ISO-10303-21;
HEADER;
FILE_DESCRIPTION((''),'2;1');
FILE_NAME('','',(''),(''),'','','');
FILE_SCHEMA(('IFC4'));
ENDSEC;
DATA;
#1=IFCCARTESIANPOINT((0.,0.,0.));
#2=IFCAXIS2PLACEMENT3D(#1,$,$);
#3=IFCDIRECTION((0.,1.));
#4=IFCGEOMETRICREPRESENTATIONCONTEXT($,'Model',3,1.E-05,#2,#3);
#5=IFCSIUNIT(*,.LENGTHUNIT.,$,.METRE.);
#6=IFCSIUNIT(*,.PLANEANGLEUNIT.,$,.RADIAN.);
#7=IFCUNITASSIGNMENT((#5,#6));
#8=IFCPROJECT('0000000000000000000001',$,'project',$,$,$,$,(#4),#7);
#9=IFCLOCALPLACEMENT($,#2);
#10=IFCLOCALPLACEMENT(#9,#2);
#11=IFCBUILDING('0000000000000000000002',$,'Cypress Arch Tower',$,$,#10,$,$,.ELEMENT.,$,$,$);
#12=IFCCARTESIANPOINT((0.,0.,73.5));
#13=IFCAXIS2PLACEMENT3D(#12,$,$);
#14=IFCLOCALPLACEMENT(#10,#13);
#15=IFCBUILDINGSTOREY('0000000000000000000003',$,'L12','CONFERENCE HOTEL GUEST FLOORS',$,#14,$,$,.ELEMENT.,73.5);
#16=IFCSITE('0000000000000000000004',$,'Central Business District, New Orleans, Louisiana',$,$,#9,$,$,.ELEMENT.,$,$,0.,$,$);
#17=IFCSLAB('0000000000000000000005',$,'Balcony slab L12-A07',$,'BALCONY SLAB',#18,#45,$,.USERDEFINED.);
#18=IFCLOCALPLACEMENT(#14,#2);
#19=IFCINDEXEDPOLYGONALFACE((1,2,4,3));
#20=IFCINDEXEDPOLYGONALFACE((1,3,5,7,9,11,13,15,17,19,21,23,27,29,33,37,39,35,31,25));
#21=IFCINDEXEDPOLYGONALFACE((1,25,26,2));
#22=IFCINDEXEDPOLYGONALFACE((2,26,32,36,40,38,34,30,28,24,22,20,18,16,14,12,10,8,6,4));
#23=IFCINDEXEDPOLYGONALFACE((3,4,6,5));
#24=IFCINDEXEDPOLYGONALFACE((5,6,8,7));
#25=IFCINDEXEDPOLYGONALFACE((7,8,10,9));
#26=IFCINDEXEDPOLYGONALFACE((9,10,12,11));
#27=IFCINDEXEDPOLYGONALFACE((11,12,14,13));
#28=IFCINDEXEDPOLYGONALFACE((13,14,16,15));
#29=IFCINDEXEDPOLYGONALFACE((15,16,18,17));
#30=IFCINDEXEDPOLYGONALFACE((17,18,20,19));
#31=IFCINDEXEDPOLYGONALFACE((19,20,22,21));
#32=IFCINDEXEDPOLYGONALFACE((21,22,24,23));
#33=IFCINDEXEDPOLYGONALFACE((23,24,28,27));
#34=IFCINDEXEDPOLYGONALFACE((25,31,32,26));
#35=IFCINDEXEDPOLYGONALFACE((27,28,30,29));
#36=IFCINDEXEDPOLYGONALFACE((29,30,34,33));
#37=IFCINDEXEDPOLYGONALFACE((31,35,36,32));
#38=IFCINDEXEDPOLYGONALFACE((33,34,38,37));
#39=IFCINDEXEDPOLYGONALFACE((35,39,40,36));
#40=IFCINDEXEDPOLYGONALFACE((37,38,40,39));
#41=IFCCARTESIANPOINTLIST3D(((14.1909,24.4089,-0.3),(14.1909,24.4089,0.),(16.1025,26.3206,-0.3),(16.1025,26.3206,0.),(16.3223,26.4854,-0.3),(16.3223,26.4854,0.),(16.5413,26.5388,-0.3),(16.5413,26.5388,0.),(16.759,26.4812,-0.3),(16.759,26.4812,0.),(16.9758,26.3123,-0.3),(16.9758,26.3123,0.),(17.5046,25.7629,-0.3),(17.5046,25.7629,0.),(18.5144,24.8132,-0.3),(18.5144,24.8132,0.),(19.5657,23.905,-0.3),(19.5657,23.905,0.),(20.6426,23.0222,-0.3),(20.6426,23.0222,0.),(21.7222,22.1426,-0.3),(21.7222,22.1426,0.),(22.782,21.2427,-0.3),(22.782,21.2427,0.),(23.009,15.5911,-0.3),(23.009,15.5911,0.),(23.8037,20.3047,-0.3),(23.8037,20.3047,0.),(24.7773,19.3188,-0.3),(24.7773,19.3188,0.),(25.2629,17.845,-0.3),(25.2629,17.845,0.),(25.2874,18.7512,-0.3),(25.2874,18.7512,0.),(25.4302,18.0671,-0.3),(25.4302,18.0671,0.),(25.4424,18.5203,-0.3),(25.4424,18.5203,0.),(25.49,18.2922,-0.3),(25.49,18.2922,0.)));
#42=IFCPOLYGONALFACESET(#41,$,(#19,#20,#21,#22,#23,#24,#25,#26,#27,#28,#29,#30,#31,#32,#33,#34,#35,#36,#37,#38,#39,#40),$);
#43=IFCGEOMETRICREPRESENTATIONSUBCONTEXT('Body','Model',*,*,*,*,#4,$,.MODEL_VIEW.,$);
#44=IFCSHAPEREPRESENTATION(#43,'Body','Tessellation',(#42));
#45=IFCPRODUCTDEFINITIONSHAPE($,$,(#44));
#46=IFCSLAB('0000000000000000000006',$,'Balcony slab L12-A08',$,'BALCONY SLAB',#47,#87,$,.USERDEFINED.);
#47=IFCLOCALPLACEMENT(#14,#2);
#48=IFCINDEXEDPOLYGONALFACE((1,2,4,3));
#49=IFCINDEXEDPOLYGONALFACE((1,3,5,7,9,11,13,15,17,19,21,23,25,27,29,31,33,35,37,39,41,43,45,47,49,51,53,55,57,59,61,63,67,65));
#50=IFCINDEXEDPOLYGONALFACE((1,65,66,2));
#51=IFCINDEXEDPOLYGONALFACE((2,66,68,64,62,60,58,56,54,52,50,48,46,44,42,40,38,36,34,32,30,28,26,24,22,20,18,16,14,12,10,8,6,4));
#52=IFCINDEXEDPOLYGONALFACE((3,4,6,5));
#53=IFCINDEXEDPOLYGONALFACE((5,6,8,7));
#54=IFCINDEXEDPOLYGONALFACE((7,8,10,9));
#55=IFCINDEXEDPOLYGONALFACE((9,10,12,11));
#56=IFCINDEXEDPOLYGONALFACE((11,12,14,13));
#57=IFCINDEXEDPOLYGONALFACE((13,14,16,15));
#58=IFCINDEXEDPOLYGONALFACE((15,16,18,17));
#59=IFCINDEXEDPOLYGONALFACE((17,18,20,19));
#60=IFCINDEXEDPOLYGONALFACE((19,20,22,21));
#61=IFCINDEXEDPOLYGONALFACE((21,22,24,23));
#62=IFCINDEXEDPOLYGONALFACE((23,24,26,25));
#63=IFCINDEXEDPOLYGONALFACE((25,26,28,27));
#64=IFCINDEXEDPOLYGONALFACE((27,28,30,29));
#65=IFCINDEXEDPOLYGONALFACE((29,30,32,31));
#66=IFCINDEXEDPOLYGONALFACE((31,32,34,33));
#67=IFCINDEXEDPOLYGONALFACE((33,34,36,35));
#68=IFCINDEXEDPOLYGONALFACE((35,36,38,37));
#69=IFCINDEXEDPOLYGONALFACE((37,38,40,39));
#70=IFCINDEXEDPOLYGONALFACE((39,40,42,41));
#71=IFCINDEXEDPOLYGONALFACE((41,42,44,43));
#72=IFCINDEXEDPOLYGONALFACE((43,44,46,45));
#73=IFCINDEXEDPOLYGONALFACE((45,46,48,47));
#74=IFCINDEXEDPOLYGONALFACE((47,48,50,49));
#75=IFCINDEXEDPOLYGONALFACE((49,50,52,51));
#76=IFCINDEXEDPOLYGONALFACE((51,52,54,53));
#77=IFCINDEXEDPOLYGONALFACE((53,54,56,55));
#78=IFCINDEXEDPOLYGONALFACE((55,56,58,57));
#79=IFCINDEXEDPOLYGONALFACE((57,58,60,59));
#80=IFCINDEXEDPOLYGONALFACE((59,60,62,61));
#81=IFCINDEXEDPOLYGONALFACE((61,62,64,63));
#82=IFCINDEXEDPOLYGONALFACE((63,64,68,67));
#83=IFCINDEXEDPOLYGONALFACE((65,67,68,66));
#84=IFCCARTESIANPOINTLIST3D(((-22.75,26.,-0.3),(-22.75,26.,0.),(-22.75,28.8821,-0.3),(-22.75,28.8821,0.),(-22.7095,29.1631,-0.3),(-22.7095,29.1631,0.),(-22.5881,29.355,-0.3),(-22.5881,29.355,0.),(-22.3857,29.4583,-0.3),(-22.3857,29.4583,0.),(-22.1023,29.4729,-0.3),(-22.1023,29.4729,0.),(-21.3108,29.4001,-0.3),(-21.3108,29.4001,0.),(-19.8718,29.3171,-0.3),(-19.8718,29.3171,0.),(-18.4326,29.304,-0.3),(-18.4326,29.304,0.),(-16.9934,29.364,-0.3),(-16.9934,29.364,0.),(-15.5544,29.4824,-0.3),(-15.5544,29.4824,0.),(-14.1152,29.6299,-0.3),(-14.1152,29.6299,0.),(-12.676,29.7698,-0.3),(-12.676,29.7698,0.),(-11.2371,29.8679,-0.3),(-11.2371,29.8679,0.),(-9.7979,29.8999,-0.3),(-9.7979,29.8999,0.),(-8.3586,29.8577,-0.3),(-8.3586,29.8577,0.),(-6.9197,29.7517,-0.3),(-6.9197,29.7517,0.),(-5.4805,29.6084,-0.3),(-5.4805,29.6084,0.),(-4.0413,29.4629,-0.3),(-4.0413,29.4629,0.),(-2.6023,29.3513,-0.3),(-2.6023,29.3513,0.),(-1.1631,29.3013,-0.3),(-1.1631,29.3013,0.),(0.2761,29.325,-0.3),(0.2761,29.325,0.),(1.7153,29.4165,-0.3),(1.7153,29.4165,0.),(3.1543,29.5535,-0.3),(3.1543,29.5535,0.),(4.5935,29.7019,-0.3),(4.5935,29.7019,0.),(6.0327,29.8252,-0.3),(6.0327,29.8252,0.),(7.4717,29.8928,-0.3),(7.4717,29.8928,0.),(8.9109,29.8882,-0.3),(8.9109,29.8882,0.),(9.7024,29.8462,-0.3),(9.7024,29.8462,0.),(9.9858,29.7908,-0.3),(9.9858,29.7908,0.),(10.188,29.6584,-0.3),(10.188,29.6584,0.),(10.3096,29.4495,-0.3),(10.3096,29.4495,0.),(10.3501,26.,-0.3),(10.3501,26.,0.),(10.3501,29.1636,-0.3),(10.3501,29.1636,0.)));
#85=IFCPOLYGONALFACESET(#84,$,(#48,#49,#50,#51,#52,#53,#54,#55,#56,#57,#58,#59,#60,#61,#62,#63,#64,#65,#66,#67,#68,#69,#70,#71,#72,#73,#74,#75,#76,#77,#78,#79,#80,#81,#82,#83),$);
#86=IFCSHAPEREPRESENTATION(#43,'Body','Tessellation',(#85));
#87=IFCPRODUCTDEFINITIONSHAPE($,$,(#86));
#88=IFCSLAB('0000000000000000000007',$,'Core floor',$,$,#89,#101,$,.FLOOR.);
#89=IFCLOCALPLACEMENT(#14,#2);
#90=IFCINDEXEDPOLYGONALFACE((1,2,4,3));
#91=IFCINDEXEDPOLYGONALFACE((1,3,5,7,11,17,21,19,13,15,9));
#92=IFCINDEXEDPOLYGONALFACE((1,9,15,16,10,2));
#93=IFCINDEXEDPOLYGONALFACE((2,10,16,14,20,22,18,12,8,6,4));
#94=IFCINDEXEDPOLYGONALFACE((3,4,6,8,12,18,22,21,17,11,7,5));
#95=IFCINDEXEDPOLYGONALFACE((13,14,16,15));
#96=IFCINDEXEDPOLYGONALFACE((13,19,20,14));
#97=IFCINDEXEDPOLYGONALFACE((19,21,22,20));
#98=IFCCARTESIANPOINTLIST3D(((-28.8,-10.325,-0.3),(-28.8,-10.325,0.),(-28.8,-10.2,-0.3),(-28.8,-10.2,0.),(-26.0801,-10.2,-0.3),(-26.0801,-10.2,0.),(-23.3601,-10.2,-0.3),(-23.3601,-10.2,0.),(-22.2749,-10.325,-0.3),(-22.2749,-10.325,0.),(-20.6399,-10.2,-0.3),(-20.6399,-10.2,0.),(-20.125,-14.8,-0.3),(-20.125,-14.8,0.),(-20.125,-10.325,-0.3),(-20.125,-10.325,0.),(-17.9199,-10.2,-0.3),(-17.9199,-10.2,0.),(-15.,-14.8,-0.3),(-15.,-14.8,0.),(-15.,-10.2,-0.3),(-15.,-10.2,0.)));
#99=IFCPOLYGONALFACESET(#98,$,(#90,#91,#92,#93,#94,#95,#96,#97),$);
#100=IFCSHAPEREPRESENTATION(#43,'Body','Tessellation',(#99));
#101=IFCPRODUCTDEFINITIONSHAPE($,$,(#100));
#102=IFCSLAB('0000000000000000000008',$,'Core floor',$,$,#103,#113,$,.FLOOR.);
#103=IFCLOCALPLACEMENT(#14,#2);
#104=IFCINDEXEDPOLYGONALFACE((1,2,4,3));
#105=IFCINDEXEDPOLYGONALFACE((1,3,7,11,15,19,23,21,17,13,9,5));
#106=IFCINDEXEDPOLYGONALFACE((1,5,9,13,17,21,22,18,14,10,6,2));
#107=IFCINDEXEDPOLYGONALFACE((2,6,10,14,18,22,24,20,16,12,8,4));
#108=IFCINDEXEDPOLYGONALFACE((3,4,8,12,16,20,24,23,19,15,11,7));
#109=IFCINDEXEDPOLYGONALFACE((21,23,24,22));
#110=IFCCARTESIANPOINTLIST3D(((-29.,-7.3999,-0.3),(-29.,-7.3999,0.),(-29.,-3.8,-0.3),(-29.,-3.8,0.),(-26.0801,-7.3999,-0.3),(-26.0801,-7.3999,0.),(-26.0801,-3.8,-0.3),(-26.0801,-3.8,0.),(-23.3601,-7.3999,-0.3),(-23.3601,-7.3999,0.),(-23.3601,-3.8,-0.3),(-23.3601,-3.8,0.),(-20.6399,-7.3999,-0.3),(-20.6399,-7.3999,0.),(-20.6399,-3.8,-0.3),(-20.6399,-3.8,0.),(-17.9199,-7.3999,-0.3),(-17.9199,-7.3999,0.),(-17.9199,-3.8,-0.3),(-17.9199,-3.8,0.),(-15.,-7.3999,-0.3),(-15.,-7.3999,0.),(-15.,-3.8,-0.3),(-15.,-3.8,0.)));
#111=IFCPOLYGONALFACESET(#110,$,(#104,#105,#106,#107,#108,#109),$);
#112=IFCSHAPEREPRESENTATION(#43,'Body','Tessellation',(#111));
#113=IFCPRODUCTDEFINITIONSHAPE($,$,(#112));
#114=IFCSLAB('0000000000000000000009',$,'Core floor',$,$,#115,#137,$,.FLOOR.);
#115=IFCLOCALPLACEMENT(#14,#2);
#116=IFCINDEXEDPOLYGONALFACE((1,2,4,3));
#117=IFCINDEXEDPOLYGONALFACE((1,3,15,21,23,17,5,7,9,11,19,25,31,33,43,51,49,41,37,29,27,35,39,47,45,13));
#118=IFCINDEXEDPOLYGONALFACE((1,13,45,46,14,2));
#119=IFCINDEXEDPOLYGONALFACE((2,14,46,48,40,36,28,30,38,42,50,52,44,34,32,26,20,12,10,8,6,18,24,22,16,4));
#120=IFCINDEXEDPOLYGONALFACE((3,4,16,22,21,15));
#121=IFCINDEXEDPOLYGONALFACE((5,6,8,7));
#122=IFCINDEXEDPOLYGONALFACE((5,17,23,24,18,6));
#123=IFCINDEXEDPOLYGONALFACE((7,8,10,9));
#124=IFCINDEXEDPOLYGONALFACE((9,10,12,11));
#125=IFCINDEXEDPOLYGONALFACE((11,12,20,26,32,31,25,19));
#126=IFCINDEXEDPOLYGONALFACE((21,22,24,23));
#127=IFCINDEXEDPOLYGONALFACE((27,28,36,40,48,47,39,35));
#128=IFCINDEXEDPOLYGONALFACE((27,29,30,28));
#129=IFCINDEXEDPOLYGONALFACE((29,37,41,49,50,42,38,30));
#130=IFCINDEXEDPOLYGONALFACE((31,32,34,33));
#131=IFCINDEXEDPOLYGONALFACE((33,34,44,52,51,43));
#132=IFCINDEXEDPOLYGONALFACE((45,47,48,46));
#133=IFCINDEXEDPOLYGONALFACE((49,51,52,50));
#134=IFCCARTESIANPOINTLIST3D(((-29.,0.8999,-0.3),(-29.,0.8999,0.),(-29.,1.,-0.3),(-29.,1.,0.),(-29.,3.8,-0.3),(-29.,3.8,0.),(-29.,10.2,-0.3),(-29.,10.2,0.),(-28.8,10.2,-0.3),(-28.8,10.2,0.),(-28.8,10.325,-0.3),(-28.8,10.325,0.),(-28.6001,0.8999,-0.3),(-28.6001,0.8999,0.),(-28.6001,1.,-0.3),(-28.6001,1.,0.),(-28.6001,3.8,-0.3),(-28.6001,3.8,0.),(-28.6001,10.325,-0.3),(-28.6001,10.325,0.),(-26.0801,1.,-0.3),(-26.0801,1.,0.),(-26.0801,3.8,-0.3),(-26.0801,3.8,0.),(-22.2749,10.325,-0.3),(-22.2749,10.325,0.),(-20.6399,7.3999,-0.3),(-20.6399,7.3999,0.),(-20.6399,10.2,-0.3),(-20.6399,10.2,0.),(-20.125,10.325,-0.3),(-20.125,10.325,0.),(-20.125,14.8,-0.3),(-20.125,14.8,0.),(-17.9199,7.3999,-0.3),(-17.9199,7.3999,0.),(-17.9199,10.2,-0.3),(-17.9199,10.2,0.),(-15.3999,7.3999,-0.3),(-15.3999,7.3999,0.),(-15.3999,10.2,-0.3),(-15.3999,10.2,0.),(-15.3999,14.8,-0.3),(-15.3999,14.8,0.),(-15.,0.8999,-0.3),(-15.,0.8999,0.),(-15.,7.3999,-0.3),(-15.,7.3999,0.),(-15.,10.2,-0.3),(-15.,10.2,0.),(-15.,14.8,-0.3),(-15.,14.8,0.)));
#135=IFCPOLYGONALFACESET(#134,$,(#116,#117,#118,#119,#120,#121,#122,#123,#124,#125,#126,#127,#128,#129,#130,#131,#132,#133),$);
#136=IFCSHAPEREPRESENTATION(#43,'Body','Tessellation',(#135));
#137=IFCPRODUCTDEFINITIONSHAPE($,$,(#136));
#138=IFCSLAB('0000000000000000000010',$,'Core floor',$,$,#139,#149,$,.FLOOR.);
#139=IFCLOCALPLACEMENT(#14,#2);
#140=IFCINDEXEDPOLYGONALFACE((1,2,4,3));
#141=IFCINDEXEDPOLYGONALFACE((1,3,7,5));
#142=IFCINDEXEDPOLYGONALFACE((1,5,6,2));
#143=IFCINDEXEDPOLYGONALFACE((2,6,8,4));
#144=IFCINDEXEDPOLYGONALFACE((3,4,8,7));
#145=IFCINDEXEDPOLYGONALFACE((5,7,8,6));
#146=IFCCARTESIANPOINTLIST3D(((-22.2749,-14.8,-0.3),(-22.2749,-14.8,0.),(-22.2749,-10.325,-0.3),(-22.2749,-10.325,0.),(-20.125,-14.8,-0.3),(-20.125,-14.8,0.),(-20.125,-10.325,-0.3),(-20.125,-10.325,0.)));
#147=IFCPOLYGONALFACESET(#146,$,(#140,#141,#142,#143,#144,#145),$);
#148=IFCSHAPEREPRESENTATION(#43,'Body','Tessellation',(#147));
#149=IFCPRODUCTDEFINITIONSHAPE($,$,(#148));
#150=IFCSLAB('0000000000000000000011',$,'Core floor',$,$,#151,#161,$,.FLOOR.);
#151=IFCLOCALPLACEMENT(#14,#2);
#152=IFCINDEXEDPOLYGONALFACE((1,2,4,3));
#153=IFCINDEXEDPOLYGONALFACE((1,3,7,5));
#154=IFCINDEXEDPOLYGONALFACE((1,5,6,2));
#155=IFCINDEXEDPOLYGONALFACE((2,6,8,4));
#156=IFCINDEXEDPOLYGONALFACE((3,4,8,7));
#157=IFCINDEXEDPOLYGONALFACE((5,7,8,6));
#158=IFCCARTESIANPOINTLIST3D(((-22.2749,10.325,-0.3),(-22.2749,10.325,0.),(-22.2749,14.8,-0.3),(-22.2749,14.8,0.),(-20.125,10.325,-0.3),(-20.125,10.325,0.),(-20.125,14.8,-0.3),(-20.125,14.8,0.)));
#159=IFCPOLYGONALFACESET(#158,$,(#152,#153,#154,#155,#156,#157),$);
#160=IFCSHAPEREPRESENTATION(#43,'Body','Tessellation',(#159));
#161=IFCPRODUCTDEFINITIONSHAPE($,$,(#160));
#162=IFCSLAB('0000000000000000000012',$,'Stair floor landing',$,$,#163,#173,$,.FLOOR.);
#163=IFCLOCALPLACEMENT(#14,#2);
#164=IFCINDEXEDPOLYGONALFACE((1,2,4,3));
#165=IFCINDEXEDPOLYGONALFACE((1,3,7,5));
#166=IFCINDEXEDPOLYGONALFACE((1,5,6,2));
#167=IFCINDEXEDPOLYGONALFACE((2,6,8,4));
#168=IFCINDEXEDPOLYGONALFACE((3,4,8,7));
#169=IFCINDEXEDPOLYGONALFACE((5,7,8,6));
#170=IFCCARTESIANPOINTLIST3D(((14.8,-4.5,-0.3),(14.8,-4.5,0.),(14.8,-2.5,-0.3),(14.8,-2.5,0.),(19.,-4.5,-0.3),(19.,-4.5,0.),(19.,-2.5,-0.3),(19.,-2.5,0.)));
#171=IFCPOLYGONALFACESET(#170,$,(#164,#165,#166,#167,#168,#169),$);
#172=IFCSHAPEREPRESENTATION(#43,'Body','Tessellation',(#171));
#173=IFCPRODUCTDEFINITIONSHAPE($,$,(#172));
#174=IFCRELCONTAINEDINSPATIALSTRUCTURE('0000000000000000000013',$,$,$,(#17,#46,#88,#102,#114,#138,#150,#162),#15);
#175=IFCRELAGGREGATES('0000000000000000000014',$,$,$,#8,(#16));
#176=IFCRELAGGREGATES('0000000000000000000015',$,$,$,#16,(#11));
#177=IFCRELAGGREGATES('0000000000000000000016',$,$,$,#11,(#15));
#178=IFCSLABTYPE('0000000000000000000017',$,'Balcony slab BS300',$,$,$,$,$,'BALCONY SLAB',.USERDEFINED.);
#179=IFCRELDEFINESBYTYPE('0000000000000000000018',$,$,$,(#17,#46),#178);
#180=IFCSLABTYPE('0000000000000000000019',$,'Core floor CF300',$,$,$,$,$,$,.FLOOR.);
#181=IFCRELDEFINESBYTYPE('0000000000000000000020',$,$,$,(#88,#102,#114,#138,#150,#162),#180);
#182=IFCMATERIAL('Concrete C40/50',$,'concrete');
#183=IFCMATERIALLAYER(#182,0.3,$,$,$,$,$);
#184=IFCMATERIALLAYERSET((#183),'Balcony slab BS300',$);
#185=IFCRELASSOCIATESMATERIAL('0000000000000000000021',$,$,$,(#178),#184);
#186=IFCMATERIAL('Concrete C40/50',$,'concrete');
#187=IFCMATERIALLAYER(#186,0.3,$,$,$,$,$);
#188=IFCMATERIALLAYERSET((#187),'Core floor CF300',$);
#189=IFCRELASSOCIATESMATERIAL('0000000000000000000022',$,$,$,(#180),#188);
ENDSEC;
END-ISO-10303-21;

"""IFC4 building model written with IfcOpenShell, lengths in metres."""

from ifc_helpers import new_model, si_unit, direction, frame, origin, place, context, subcontext, project, spatial, polyline, outline, extrude, material, layer, layer_set, type_object, element, save


model = new_model("IFC4")

# Units and contexts
model_context = context("Model", 3, precision=1e-05, world=origin(), true_north=direction((0.0, 1.0)))
body_context = subcontext(model_context, "Body", "Model", "MODEL_VIEW")
ifc_project = project(units=[si_unit("LENGTHUNIT", "METRE"), si_unit("PLANEANGLEUNIT", "RADIAN")], contexts=[model_context])

# Site, building, storey
site_placement = place(None, origin())
site = spatial("IfcSite", under=ifc_project, at=site_placement, Name="Central Business District, New Orleans, Louisiana", CompositionType="ELEMENT", RefElevation=0.0)
building_placement = place(site_placement, origin())
building = spatial("IfcBuilding", under=site, at=building_placement, Name="Cypress Arch Tower", CompositionType="ELEMENT")
storey_placement = place(building_placement, frame((0.0, 0.0, 73.5)))
storey = spatial("IfcBuildingStorey", under=building, at=storey_placement, Name="L12", Description="CONFERENCE HOTEL GUEST FLOORS", CompositionType="ELEMENT", Elevation=73.5)

# Slabs
ifc_material_1 = material(Name="Concrete C40/50", Category="concrete")
ifc_layer_1 = layer(ifc_material_1, 0.3)
ifc_layer_set_1 = layer_set([ifc_layer_1], Name="Balcony slab BS300")
slab_type_1 = type_object("IfcSlabType", Name="Balcony slab BS300", ElementType="BALCONY SLAB", PredefinedType="USERDEFINED", material=ifc_layer_set_1)
slab_1_placement = place(storey_placement, frame((0.0, 0.0, -0.3)))
element("IfcSlab", 1, at=slab_1_placement, inside=storey, type_object=slab_type_1, Name="Balcony slab L12-A07", ObjectType="BALCONY SLAB", PredefinedType="USERDEFINED", context=body_context, shape_type="SweptSolid", body=[
    extrude(outline(polyline([(23.009, 15.5911), (25.2629, 17.845), (25.4302, 18.0671), (25.49, 18.2922), (25.4424, 18.5203), (25.2874, 18.7512), (24.7773, 19.3188), (23.8037, 20.3047), (22.782, 21.2427), (21.7222, 22.1426), (20.6426, 23.0222), (19.5657, 23.905), (18.5144, 24.8132), (17.5046, 25.7629), (16.9758, 26.3123), (16.759, 26.4812), (16.5413, 26.5388), (16.3223, 26.4854), (16.1025, 26.3206), (14.1909, 24.4089), (23.009, 15.5911)])), origin(), (0.0, 0.0, 1.0), 0.3),
])
slab_2_placement = place(storey_placement, frame((0.0, 0.0, -0.3)))
element("IfcSlab", 2, at=slab_2_placement, inside=storey, type_object=slab_type_1, Name="Balcony slab L12-A08", ObjectType="BALCONY SLAB", PredefinedType="USERDEFINED", context=body_context, shape_type="SweptSolid", body=[
    extrude(outline(polyline([(10.3501, 26.0), (10.3501, 29.1636), (10.3096, 29.4495), (10.188, 29.6584), (9.9858, 29.7908), (9.7024, 29.8462), (8.9109, 29.8882), (7.4717, 29.8928), (6.0327, 29.8252), (4.5935, 29.7019), (3.1543, 29.5535), (1.7153, 29.4165), (0.2761, 29.325), (-1.1631, 29.3013), (-2.6023, 29.3513), (-4.0413, 29.4629), (-5.4805, 29.6084), (-6.9197, 29.7517), (-8.3586, 29.8577), (-9.7979, 29.8999), (-11.2371, 29.8679), (-12.676, 29.7698), (-14.1152, 29.6299), (-15.5544, 29.4824), (-16.9934, 29.364), (-18.4326, 29.304), (-19.8718, 29.3171), (-21.3108, 29.4001), (-22.1023, 29.4729), (-22.3857, 29.4583), (-22.5881, 29.355), (-22.7095, 29.1631), (-22.75, 28.8821), (-22.75, 26.0), (10.3501, 26.0)])), origin(), (0.0, 0.0, 1.0), 0.3),
])
ifc_material_2 = material(Name="Concrete C40/50", Category="concrete")
ifc_layer_2 = layer(ifc_material_2, 0.3)
ifc_layer_set_2 = layer_set([ifc_layer_2], Name="Core floor CF300")
slab_type_2 = type_object("IfcSlabType", Name="Core floor CF300", PredefinedType="FLOOR", material=ifc_layer_set_2)
slab_3_placement = place(storey_placement, frame((0.0, 0.0, -0.3)))
element("IfcSlab", 3, at=slab_3_placement, inside=storey, type_object=slab_type_2, Name="Core floor", PredefinedType="FLOOR", context=body_context, shape_type="SweptSolid", body=[
    extrude(outline(polyline([(-20.125, -14.8), (-15.0, -14.8), (-15.0, -10.2), (-17.9199, -10.2), (-20.6399, -10.2), (-23.3601, -10.2), (-26.0801, -10.2), (-28.8, -10.2), (-28.8, -10.325), (-22.2749, -10.325), (-20.125, -10.325), (-20.125, -14.8)])), origin(), (0.0, 0.0, 1.0), 0.3),
])
slab_4_placement = place(storey_placement, frame((0.0, 0.0, -0.3)))
element("IfcSlab", 4, at=slab_4_placement, inside=storey, type_object=slab_type_2, Name="Core floor", PredefinedType="FLOOR", context=body_context, shape_type="SweptSolid", body=[
    extrude(outline(polyline([(-29.0, -3.8), (-29.0, -7.3999), (-26.0801, -7.3999), (-23.3601, -7.3999), (-20.6399, -7.3999), (-17.9199, -7.3999), (-15.0, -7.3999), (-15.0, -3.8), (-17.9199, -3.8), (-20.6399, -3.8), (-23.3601, -3.8), (-26.0801, -3.8), (-29.0, -3.8)])), origin(), (0.0, 0.0, 1.0), 0.3),
])
slab_5_placement = place(storey_placement, frame((0.0, 0.0, -0.3)))
element("IfcSlab", 5, at=slab_5_placement, inside=storey, type_object=slab_type_2, Name="Core floor", PredefinedType="FLOOR", context=body_context, shape_type="SweptSolid", body=[
    extrude(outline(polyline([(-29.0, 3.8), (-29.0, 10.2), (-28.8, 10.2), (-28.8, 10.325), (-28.6001, 10.325), (-22.2749, 10.325), (-20.125, 10.325), (-20.125, 14.8), (-15.3999, 14.8), (-15.0, 14.8), (-15.0, 10.2), (-15.3999, 10.2), (-17.9199, 10.2), (-20.6399, 10.2), (-20.6399, 7.3999), (-17.9199, 7.3999), (-15.3999, 7.3999), (-15.0, 7.3999), (-15.0, 0.8999), (-28.6001, 0.8999), (-29.0, 0.8999), (-29.0, 1.0), (-28.6001, 1.0), (-26.0801, 1.0), (-26.0801, 3.8), (-28.6001, 3.8), (-29.0, 3.8)])), origin(), (0.0, 0.0, 1.0), 0.3),
])
slab_6_placement = place(storey_placement, frame((0.0, 0.0, -0.3)))
element("IfcSlab", 6, at=slab_6_placement, inside=storey, type_object=slab_type_2, Name="Core floor", PredefinedType="FLOOR", context=body_context, shape_type="SweptSolid", body=[
    extrude(outline(polyline([(-22.2749, -10.325), (-22.2749, -14.8), (-20.125, -14.8), (-20.125, -10.325), (-22.2749, -10.325)])), origin(), (0.0, 0.0, 1.0), 0.3),
])
slab_7_placement = place(storey_placement, frame((0.0, 0.0, -0.3)))
element("IfcSlab", 7, at=slab_7_placement, inside=storey, type_object=slab_type_2, Name="Core floor", PredefinedType="FLOOR", context=body_context, shape_type="SweptSolid", body=[
    extrude(outline(polyline([(-20.125, 14.8), (-22.2749, 14.8), (-22.2749, 10.325), (-20.125, 10.325), (-20.125, 14.8)])), origin(), (0.0, 0.0, 1.0), 0.3),
])
slab_8_placement = place(storey_placement, frame((0.0, 0.0, -0.3)))
element("IfcSlab", 8, at=slab_8_placement, inside=storey, type_object=slab_type_2, Name="Stair floor landing", PredefinedType="FLOOR", context=body_context, shape_type="SweptSolid", body=[
    extrude(outline(polyline([(19.0, -4.5), (19.0, -2.5), (14.8, -2.5), (14.8, -4.5), (19.0, -4.5)])), origin(), (0.0, 0.0, 1.0), 0.3),
])

save(model, "model.ifc")
